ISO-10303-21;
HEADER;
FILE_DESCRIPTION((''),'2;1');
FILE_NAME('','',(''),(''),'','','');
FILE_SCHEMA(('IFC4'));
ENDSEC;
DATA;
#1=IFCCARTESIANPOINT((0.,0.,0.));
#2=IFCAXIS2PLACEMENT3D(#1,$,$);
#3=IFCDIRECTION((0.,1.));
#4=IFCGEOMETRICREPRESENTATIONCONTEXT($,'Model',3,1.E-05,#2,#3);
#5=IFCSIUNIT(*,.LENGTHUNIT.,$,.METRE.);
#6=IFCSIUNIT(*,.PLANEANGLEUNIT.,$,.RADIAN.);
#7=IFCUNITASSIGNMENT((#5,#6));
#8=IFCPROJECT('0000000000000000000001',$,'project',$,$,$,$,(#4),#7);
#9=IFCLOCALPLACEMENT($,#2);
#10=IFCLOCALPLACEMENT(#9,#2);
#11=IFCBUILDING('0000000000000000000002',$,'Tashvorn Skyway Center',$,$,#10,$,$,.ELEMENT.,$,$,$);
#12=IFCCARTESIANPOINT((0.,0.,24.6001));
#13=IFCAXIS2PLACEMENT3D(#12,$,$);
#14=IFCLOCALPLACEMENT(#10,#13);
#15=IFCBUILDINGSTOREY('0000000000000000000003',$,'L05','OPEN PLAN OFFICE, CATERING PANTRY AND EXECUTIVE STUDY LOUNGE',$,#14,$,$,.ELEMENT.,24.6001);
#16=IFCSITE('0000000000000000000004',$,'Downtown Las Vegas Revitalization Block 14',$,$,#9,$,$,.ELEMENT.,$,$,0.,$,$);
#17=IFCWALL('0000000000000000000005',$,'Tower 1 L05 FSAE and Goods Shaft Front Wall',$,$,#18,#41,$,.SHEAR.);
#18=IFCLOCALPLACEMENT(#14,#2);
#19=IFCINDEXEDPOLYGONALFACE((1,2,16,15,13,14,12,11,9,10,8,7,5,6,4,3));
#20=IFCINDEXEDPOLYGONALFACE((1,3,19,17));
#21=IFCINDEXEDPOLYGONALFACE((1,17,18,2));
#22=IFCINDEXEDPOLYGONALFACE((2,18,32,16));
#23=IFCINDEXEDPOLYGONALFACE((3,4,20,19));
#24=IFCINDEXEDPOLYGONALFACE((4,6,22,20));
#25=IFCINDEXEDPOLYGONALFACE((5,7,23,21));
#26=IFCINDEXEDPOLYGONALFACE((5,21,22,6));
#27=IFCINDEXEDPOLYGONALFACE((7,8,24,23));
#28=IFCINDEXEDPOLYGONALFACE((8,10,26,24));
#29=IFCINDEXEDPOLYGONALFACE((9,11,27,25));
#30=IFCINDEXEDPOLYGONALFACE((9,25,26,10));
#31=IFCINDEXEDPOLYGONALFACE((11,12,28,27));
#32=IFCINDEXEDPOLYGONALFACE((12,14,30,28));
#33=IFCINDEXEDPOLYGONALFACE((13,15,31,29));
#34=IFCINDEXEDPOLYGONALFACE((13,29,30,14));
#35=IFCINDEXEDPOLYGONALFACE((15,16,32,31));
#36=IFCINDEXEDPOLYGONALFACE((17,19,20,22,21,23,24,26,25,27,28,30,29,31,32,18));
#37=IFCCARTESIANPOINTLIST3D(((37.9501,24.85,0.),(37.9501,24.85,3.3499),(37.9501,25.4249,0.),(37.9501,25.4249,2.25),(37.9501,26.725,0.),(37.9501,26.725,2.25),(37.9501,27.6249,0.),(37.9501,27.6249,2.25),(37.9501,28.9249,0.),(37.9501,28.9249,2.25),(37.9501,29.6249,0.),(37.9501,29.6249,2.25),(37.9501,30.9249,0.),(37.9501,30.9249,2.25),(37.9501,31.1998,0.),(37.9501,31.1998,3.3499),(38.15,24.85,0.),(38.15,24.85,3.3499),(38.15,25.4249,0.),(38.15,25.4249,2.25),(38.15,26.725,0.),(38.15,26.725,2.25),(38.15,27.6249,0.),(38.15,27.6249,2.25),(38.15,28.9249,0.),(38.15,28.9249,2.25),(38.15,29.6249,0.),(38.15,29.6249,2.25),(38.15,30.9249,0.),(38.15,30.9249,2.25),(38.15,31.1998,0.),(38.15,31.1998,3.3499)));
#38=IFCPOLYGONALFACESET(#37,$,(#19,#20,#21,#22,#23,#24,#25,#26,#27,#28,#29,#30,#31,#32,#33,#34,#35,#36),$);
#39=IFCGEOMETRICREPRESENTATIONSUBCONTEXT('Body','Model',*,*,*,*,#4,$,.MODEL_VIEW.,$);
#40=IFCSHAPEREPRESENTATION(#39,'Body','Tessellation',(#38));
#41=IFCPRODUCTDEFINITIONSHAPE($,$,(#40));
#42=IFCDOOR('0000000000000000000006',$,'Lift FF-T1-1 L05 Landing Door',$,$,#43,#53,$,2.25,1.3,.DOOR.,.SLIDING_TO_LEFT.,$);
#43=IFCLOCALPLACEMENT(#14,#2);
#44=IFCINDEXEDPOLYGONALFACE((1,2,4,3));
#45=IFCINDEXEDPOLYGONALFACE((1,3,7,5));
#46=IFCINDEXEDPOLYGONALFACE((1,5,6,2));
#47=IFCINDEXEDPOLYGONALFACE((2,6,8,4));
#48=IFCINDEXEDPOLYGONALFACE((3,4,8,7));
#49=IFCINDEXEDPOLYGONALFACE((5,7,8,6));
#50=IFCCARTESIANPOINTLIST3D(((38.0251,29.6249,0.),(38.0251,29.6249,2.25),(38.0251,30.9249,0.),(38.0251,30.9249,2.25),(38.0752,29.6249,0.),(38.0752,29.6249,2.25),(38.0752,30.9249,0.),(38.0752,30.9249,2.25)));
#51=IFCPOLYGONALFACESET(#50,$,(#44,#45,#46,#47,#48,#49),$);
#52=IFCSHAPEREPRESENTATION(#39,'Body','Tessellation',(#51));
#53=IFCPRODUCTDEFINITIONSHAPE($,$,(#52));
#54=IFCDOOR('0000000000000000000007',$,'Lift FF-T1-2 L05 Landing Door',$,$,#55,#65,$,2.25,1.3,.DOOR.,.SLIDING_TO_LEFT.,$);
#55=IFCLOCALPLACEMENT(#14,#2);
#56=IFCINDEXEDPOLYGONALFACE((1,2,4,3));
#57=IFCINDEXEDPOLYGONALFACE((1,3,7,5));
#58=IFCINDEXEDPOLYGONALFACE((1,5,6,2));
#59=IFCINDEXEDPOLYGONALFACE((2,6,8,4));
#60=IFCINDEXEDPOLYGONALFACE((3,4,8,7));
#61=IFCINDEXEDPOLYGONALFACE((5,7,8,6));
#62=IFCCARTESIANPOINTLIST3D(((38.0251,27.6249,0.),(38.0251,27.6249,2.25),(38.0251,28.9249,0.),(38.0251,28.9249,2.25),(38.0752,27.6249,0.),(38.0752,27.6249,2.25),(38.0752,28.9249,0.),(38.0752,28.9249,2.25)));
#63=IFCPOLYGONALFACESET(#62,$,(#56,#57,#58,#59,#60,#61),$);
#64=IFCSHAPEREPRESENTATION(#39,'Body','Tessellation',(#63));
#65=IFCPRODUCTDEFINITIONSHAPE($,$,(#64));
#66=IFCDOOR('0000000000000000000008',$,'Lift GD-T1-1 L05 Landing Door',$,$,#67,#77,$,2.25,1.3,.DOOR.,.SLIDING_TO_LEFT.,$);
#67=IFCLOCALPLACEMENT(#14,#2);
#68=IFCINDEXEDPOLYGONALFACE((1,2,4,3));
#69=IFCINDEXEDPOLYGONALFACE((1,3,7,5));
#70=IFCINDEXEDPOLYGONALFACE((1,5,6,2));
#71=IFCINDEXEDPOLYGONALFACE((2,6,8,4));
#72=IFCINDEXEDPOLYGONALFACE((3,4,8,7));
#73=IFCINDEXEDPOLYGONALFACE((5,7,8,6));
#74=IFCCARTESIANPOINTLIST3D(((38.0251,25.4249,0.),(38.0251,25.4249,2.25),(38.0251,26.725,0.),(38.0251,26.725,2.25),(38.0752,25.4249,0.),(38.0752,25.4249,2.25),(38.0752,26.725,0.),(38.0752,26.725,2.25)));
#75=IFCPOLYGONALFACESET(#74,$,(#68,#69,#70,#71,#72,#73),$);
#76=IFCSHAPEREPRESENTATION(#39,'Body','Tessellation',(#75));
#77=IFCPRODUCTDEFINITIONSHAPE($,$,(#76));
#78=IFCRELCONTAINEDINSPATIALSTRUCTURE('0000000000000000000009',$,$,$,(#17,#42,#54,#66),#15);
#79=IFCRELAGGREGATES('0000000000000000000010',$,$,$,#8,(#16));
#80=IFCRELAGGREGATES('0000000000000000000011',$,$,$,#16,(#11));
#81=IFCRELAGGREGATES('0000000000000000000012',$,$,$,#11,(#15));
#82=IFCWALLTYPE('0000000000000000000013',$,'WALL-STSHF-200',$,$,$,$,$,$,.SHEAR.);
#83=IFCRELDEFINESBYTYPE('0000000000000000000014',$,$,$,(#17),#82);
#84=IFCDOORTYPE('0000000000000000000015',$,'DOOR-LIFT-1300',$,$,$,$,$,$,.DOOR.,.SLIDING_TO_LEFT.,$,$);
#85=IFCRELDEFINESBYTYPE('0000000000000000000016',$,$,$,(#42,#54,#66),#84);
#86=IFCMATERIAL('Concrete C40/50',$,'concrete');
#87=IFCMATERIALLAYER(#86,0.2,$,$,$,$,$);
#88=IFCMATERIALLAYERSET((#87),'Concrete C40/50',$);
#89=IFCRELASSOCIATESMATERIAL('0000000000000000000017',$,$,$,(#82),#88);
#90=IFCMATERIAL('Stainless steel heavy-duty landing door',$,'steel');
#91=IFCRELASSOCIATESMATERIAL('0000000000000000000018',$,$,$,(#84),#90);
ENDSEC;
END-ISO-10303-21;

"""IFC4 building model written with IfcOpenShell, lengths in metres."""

from ifc_helpers import new_model, si_unit, direction, frame, frame_2d, origin, place, context, subcontext, project, spatial, rectangle, extrude, material, layer, layer_set, type_object, element, fill, save


model = new_model("IFC4")

# Units and contexts
model_context = context("Model", 3, precision=1e-05, world=origin(), true_north=direction((0.0, 1.0)))
body_context = subcontext(model_context, "Body", "Model", "MODEL_VIEW")
ifc_project = project(units=[si_unit("LENGTHUNIT", "METRE"), si_unit("PLANEANGLEUNIT", "RADIAN")], contexts=[model_context])

# Site, building, storey
site_placement = place(None, origin())
site = spatial("IfcSite", under=ifc_project, at=site_placement, Name="Downtown Las Vegas Revitalization Block 14", CompositionType="ELEMENT", RefElevation=0.0)
building_placement = place(site_placement, origin())
building = spatial("IfcBuilding", under=site, at=building_placement, Name="Tashvorn Skyway Center", CompositionType="ELEMENT")
storey_placement = place(building_placement, frame((0.0, 0.0, 24.6001)))
storey = spatial("IfcBuildingStorey", under=building, at=storey_placement, Name="L05", Description="OPEN PLAN OFFICE, CATERING PANTRY AND EXECUTIVE STUDY LOUNGE", CompositionType="ELEMENT", Elevation=24.6001)

# Shared definitions
ifc_material_1 = material(Name="Concrete C40/50", Category="concrete")

# Shared definitions
ifc_layer_1 = layer(ifc_material_1, 0.2)
ifc_layer_set_1 = layer_set([ifc_layer_1], Name="Concrete C40/50")
wall_type_1 = type_object("IfcWallType", Name="WALL-STSHF-200", PredefinedType="SHEAR", material=ifc_layer_set_1)

# Wall, openings, doors
wall_1_placement = place(storey_placement, frame((38.05, 24.8501, 0.0), z_axis=(0.0, 0.0, 1.0), x_axis=(0.0, 1.0, 0.0)))
wall_1 = element("IfcWall", 1, at=wall_1_placement, inside=storey, type_object=wall_type_1, Name="Tower 1 L05 FSAE and Goods Shaft Front Wall", PredefinedType="SHEAR", context=body_context, shape_type="SweptSolid", body=[
    extrude(rectangle(XDim=6.3499, YDim=0.2, at=frame_2d((3.1748, 0.0))), origin(), (0.0, 0.0, 1.0), 3.3499),
])
opening_1_placement = place(wall_1_placement, frame((4.7749, 0.0, 0.0)))
opening_1 = element("IfcOpeningElement", 2, at=opening_1_placement, cuts=wall_1, PredefinedType="OPENING", context=body_context, shape_type="SweptSolid", body=[
    extrude(rectangle(XDim=1.3, YDim=2.25, at=frame_2d((0.6499, 1.125))), frame((0.0, 0.1099, 0.0), z_axis=(0.0, -1.0, 0.0), x_axis=(1.0, 0.0, 0.0)), (0.0, 0.0, 1.0), 0.22),
])
opening_2_placement = place(wall_1_placement, frame((2.7749, 0.0, 0.0)))
opening_2 = element("IfcOpeningElement", 3, at=opening_2_placement, cuts=wall_1, PredefinedType="OPENING", context=body_context, shape_type="SweptSolid", body=[
    extrude(rectangle(XDim=1.3, YDim=2.25, at=frame_2d((0.6499, 1.125))), frame((0.0, 0.1099, 0.0), z_axis=(0.0, -1.0, 0.0), x_axis=(1.0, 0.0, 0.0)), (0.0, 0.0, 1.0), 0.22),
])
opening_3_placement = place(wall_1_placement, frame((0.575, 0.0, 0.0)))
opening_3 = element("IfcOpeningElement", 4, at=opening_3_placement, cuts=wall_1, PredefinedType="OPENING", context=body_context, shape_type="SweptSolid", body=[
    extrude(rectangle(XDim=1.3, YDim=2.25, at=frame_2d((0.6499, 1.125))), frame((0.0, 0.1099, 0.0), z_axis=(0.0, -1.0, 0.0), x_axis=(1.0, 0.0, 0.0)), (0.0, 0.0, 1.0), 0.22),
])
ifc_material_2 = material(Name="Stainless steel heavy-duty landing door", Category="steel")
door_type_1 = type_object("IfcDoorType", Name="DOOR-LIFT-1300", OperationType="SLIDING_TO_LEFT", PredefinedType="DOOR", material=ifc_material_2)
door_1_placement = place(opening_1_placement, origin())
door_1 = element("IfcDoor", 5, at=door_1_placement, inside=storey, type_object=door_type_1, Name="Lift FF-T1-1 L05 Landing Door", OperationType="SLIDING_TO_LEFT", OverallHeight=2.25, OverallWidth=1.3, PredefinedType="DOOR", context=body_context, shape_type="SweptSolid", body=[
    extrude(rectangle(XDim=1.3, YDim=2.25, at=frame_2d((0.6499, 1.125))), frame((0.0, 0.0249, 0.0), z_axis=(0.0, -1.0, 0.0), x_axis=(1.0, 0.0, 0.0)), (0.0, 0.0, 1.0), 0.05),
])
fill(opening_1, door_1)
door_2_placement = place(opening_2_placement, origin())
door_2 = element("IfcDoor", 6, at=door_2_placement, inside=storey, type_object=door_type_1, Name="Lift FF-T1-2 L05 Landing Door", OperationType="SLIDING_TO_LEFT", OverallHeight=2.25, OverallWidth=1.3, PredefinedType="DOOR", context=body_context, shape_type="SweptSolid", body=[
    extrude(rectangle(XDim=1.3, YDim=2.25, at=frame_2d((0.6499, 1.125))), frame((0.0, 0.0249, 0.0), z_axis=(0.0, -1.0, 0.0), x_axis=(1.0, 0.0, 0.0)), (0.0, 0.0, 1.0), 0.05),
])
fill(opening_2, door_2)
door_3_placement = place(opening_3_placement, origin())
door_3 = element("IfcDoor", 7, at=door_3_placement, inside=storey, type_object=door_type_1, Name="Lift GD-T1-1 L05 Landing Door", OperationType="SLIDING_TO_LEFT", OverallHeight=2.25, OverallWidth=1.3, PredefinedType="DOOR", context=body_context, shape_type="SweptSolid", body=[
    extrude(rectangle(XDim=1.3, YDim=2.25, at=frame_2d((0.6499, 1.125))), frame((0.0, 0.0249, 0.0), z_axis=(0.0, -1.0, 0.0), x_axis=(1.0, 0.0, 0.0)), (0.0, 0.0, 1.0), 0.05),
])
fill(opening_3, door_3)

save(model, "model.ifc")
